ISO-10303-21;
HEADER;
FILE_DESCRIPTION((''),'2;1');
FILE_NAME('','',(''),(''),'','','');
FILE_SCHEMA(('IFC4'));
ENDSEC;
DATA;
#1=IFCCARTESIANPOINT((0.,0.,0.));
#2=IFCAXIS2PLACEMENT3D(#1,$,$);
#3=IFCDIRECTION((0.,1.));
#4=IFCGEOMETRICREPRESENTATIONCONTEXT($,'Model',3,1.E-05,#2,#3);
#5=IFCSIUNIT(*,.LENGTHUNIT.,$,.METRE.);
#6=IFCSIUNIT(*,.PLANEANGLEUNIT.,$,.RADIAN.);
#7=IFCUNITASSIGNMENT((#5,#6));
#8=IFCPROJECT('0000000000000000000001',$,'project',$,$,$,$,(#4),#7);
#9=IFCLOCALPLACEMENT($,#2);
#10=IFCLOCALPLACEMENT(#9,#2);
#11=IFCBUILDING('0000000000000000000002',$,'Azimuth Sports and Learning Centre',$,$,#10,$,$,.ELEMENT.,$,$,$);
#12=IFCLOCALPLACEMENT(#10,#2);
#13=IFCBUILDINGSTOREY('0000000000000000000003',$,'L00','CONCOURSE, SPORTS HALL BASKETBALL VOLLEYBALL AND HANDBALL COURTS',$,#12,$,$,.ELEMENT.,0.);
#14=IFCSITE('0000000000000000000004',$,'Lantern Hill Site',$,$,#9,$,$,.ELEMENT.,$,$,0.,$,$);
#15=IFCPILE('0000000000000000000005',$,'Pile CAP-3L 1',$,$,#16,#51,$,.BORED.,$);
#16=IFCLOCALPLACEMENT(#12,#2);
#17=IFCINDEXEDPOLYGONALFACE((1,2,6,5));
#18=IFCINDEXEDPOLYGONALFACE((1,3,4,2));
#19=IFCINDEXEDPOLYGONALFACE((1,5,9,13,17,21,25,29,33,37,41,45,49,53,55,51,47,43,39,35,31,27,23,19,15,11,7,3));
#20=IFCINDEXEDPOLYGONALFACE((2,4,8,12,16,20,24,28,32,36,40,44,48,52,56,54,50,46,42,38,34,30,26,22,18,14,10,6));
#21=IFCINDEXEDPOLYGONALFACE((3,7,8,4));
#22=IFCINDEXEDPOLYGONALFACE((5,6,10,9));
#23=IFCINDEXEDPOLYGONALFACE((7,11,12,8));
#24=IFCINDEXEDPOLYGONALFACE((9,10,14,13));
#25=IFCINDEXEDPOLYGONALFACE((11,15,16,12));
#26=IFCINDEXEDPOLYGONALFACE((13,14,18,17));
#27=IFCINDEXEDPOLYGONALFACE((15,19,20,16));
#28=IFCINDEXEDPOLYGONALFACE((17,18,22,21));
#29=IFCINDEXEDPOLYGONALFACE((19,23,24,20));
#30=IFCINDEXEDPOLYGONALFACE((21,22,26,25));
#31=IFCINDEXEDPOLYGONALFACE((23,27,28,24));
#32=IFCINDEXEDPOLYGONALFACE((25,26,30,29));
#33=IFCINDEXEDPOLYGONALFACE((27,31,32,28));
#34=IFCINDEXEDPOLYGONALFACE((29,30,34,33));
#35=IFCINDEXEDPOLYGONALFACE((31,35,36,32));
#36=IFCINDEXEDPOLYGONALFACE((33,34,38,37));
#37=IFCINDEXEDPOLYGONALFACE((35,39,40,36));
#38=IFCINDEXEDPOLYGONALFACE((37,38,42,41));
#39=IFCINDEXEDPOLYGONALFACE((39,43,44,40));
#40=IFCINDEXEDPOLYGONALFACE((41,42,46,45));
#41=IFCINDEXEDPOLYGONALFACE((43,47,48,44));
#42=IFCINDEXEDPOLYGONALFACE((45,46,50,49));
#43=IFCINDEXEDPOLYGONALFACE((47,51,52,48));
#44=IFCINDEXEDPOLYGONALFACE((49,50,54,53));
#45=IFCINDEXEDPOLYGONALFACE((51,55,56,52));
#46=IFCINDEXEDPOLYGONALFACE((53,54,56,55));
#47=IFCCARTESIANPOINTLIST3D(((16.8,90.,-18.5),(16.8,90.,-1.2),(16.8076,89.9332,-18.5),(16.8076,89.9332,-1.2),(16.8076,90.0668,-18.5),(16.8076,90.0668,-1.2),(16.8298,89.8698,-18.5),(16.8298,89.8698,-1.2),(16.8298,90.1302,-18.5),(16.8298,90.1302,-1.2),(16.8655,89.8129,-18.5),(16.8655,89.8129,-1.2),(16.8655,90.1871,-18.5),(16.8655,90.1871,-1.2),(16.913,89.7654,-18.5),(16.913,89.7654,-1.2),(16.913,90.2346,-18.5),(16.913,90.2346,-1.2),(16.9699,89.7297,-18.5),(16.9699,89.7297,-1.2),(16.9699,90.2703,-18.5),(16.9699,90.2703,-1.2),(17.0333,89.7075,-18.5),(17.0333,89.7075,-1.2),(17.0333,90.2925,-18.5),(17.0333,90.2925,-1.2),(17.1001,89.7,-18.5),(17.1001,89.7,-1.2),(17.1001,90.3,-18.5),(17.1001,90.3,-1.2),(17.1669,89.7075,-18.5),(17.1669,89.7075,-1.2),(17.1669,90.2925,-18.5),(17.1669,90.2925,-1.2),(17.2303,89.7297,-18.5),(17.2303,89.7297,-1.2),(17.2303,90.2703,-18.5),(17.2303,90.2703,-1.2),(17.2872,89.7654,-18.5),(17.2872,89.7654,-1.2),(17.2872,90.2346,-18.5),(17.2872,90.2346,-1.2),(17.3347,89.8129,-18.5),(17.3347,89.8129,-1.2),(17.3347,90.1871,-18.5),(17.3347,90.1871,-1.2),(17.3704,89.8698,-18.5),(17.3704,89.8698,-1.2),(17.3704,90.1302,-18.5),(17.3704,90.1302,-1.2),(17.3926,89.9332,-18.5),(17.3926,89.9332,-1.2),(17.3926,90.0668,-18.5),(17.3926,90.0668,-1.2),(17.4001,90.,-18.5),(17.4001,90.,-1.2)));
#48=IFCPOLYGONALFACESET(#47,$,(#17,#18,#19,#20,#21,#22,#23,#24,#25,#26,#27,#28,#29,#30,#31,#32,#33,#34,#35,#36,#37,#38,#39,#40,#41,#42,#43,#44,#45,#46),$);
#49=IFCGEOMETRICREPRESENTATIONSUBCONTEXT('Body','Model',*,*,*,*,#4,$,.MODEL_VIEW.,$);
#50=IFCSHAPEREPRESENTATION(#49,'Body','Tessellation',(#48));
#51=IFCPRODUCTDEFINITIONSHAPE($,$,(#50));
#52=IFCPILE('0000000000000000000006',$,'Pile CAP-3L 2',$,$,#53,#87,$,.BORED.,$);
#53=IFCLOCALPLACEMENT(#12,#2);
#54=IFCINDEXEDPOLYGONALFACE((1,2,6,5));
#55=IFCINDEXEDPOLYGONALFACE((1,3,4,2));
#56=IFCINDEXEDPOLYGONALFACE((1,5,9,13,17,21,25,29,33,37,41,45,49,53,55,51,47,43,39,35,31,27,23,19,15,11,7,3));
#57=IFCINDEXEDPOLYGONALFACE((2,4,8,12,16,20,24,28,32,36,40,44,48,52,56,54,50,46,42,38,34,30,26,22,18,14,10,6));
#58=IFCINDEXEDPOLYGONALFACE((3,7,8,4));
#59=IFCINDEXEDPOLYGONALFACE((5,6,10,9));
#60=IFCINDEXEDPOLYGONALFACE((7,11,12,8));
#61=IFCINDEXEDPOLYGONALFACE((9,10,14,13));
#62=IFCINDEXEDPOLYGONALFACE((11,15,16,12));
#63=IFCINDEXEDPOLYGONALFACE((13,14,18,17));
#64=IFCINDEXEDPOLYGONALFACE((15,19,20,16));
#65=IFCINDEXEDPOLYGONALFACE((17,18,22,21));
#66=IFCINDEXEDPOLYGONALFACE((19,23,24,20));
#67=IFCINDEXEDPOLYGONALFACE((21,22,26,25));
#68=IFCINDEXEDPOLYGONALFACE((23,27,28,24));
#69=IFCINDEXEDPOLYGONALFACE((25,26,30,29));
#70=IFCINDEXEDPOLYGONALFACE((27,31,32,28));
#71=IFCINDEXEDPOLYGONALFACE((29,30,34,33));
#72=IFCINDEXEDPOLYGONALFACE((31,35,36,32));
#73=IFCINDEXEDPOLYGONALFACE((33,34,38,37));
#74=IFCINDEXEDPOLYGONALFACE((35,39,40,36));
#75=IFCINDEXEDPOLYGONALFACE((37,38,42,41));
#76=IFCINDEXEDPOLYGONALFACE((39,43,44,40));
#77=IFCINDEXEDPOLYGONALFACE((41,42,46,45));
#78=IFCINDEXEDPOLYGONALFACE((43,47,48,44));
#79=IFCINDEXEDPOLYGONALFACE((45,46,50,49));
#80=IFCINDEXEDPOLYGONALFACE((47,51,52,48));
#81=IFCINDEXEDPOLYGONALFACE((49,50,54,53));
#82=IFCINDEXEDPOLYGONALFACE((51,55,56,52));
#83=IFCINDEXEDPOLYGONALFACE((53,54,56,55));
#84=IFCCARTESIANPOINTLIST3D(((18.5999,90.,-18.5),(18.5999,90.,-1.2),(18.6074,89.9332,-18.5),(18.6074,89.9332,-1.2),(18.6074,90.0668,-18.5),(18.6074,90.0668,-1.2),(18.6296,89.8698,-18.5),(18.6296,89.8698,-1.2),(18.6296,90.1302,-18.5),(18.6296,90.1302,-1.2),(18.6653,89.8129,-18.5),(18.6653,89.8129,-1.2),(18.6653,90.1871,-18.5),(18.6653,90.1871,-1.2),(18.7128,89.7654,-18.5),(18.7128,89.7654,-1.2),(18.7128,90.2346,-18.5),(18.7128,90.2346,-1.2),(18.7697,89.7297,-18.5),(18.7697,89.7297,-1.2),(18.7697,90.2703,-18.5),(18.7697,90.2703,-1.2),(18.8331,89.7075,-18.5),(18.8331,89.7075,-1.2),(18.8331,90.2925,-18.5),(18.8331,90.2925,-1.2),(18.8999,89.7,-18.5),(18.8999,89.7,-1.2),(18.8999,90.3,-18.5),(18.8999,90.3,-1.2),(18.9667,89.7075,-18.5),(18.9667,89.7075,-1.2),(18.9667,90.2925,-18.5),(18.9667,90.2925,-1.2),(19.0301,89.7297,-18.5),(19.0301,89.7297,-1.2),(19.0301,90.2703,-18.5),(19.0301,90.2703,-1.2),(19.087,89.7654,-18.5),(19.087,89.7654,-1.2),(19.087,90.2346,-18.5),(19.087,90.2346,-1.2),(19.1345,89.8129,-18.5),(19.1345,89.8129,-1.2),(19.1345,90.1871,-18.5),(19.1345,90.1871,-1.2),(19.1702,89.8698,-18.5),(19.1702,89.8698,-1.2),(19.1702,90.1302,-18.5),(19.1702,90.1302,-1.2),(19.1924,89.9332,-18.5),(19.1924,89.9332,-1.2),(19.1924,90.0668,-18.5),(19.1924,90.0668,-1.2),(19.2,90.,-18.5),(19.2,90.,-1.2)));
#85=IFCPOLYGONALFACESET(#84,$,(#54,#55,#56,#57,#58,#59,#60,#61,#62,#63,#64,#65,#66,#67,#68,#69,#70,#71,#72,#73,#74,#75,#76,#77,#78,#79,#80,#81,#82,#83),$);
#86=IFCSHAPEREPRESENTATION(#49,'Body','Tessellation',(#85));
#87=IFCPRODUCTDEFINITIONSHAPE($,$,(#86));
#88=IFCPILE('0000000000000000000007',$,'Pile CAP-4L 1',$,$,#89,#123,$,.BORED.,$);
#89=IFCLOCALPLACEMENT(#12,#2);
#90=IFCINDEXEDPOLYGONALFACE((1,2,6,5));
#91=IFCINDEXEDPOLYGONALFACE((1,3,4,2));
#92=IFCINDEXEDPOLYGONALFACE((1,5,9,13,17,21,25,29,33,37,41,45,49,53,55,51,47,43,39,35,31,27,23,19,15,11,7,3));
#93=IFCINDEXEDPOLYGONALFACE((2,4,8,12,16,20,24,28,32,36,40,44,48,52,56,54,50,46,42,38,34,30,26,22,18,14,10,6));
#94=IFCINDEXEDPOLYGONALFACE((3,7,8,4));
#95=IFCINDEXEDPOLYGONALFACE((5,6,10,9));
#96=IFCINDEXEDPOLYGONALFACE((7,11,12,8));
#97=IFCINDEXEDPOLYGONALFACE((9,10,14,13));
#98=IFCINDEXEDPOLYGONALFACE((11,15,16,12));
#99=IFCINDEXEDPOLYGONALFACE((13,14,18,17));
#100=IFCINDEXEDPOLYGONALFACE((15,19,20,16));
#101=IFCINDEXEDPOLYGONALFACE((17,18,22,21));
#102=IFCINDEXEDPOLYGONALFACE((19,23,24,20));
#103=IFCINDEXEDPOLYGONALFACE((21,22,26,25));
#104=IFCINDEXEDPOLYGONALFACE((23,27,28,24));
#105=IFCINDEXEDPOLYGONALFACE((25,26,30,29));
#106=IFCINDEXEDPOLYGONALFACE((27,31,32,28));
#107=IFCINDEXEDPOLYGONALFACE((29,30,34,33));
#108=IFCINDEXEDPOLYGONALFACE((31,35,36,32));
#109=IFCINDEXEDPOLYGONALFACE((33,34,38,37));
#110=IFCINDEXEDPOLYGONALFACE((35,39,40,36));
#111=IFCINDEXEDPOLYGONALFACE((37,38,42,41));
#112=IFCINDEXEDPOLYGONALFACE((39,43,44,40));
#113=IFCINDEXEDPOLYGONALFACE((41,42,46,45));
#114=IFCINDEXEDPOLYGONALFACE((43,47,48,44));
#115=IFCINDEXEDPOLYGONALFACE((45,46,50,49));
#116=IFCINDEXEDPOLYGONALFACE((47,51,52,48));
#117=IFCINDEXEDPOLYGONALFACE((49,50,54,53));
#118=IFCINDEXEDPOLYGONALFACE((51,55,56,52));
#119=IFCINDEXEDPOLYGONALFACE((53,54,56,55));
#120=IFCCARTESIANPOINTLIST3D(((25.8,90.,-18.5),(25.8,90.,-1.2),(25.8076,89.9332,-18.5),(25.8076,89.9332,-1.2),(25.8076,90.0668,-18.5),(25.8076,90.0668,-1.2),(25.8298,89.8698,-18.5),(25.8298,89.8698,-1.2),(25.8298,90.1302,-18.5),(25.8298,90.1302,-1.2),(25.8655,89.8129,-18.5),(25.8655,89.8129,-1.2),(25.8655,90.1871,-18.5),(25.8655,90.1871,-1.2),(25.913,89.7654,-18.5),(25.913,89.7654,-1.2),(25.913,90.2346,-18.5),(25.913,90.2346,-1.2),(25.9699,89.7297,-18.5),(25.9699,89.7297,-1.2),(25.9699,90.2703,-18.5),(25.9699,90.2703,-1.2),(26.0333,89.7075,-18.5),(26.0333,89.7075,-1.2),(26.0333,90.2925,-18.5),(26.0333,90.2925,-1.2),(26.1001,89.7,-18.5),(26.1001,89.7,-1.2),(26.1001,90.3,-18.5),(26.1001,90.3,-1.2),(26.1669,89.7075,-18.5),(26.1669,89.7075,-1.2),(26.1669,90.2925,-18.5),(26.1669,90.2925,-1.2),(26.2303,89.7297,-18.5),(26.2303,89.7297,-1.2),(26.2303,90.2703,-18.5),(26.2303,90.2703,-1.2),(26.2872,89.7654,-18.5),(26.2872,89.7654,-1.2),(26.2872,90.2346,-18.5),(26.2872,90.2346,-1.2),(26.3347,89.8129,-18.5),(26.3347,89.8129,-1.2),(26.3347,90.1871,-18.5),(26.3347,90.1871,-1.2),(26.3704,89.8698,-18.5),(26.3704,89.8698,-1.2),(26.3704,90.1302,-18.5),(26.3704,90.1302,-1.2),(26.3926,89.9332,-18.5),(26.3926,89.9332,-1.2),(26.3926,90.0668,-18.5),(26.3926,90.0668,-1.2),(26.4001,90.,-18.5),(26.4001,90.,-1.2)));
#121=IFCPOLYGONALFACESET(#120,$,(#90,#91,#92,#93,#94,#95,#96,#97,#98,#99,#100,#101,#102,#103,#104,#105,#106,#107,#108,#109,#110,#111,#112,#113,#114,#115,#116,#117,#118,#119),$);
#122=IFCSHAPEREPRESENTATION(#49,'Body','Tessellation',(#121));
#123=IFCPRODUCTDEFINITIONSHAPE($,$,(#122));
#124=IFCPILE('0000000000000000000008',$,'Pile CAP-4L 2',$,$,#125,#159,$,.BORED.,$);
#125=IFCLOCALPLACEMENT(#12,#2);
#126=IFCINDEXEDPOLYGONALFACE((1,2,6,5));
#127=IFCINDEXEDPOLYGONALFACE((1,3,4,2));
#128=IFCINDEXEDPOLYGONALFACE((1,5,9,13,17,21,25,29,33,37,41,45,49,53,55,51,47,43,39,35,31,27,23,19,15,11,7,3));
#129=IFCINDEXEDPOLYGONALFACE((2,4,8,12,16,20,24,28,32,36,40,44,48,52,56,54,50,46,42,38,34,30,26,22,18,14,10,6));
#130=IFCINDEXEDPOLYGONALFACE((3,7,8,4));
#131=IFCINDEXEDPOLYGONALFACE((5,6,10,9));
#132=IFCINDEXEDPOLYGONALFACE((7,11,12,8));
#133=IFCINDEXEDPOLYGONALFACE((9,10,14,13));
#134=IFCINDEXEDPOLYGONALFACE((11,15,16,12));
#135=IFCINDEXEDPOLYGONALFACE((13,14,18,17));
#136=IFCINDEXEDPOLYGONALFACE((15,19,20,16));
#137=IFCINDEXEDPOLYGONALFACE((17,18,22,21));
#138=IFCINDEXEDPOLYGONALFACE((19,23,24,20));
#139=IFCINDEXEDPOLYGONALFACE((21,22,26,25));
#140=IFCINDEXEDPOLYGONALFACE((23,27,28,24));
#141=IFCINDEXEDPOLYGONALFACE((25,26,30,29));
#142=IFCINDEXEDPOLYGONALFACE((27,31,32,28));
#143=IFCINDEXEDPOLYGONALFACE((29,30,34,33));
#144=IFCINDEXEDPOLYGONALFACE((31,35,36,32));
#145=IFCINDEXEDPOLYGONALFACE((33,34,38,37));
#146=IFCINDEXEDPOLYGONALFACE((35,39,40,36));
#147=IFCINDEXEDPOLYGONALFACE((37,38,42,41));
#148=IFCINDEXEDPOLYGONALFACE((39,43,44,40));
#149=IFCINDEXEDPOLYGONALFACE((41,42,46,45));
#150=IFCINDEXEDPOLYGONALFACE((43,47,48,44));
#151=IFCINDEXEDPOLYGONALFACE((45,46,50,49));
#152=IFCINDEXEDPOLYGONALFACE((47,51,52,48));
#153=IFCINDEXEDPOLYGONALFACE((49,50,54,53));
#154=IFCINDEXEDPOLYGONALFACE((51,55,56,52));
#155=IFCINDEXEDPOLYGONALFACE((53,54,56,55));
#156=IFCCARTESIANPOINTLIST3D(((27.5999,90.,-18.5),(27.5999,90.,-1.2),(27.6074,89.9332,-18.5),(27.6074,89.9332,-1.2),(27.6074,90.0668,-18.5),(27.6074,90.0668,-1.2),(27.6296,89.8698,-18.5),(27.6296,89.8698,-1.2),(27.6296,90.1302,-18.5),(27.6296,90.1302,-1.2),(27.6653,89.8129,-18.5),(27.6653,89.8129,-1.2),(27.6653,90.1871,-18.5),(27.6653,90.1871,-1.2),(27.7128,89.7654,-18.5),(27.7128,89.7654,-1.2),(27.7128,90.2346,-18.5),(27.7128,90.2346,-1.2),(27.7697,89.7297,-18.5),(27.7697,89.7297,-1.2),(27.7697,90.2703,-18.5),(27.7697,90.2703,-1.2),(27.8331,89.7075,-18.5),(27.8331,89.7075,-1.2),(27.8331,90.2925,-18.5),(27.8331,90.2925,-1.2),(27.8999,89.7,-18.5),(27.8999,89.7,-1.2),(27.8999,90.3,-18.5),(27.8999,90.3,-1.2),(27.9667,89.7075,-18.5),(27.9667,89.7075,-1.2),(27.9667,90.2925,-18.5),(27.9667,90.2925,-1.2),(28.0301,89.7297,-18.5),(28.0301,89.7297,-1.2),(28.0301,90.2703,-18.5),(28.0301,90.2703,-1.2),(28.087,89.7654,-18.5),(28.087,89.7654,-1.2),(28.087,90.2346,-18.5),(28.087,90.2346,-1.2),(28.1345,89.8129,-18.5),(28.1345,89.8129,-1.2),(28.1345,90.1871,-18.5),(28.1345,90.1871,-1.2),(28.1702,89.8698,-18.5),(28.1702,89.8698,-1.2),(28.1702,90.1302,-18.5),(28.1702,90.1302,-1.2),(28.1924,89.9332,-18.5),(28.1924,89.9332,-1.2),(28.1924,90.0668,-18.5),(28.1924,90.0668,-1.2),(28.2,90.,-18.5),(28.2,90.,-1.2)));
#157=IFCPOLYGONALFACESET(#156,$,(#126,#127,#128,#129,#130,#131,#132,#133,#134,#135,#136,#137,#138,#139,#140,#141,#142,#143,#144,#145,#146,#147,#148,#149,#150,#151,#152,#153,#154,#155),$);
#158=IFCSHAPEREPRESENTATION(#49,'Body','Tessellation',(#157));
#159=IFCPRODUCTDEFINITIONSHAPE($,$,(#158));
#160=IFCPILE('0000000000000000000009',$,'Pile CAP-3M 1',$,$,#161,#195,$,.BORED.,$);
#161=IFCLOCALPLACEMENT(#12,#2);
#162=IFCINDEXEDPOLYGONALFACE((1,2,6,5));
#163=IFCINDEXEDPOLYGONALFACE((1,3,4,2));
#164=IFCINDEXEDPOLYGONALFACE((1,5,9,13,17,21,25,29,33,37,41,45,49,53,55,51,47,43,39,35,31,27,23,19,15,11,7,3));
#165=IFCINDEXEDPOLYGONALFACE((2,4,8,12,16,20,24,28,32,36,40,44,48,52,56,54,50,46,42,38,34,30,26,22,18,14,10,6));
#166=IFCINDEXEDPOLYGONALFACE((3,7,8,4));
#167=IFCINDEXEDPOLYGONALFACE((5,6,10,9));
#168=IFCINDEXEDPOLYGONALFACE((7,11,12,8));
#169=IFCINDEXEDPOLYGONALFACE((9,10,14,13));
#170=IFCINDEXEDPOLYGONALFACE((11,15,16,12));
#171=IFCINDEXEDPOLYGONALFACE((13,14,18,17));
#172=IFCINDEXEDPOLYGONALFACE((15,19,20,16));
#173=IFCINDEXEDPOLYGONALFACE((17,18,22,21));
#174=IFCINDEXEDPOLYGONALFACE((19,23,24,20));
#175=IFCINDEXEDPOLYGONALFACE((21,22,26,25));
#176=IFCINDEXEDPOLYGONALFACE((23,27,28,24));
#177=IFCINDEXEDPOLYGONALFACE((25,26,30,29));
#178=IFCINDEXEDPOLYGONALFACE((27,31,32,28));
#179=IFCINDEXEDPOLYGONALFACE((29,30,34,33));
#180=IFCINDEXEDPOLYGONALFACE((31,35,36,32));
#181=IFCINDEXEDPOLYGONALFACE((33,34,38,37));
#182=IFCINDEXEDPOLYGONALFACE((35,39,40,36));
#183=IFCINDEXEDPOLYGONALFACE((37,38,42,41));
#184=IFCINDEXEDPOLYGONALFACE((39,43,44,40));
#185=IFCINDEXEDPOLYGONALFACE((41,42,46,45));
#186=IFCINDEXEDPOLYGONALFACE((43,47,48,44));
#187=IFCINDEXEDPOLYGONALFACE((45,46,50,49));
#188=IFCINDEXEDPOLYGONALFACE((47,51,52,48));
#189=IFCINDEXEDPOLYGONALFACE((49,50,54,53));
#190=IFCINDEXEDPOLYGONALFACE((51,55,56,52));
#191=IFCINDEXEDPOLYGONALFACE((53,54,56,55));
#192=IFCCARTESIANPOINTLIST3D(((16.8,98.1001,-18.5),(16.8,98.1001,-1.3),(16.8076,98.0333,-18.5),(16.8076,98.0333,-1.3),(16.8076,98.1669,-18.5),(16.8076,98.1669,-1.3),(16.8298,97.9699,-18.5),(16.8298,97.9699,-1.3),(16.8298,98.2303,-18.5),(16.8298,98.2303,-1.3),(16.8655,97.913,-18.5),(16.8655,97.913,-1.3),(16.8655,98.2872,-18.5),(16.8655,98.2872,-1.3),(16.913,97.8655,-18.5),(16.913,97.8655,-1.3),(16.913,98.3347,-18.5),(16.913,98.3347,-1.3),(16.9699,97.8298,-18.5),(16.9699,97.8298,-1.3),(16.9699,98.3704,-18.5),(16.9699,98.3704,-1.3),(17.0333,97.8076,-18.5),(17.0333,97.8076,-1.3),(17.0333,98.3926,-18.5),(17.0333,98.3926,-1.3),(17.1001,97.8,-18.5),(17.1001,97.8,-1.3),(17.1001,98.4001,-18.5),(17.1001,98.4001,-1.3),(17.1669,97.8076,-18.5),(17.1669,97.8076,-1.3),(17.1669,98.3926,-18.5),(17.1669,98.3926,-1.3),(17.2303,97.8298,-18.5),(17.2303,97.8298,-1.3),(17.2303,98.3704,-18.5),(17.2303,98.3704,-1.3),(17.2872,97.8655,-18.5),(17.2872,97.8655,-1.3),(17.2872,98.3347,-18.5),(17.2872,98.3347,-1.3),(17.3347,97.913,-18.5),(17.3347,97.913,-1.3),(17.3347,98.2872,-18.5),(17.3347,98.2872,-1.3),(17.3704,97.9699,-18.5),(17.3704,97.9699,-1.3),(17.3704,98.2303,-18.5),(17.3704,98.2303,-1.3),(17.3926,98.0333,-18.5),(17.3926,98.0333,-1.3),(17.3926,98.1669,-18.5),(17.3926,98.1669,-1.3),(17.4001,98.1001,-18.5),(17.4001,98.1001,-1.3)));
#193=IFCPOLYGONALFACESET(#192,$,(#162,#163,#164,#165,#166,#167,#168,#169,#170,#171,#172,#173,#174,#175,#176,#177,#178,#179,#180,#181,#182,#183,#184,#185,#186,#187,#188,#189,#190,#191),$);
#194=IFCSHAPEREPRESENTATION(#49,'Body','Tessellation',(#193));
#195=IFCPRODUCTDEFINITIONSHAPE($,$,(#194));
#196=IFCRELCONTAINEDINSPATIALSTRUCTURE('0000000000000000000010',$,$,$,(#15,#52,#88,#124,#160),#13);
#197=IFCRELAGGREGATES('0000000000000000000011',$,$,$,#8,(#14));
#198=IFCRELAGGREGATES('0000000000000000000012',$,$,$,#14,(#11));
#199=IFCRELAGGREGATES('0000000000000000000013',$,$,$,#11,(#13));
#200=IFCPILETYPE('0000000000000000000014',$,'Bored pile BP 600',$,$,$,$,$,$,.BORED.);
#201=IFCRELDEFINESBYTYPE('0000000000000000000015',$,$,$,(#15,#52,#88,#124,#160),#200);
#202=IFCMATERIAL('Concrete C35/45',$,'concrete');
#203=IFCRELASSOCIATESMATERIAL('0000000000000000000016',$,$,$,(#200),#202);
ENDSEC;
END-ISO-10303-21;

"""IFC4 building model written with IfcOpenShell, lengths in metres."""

from ifc_helpers import new_model, si_unit, direction, frame, origin, origin_2d, place, context, subcontext, project, spatial, circle, extrude, material, material_profile, profile_set, type_object, element, save


model = new_model("IFC4")

# Units and contexts
model_context = context("Model", 3, precision=1e-05, world=origin(), true_north=direction((0.0, 1.0)))
body_context = subcontext(model_context, "Body", "Model", "MODEL_VIEW")
ifc_project = project(units=[si_unit("LENGTHUNIT", "METRE"), si_unit("PLANEANGLEUNIT", "RADIAN")], contexts=[model_context])

# Site, building, storey
site_placement = place(None, origin())
site = spatial("IfcSite", under=ifc_project, at=site_placement, Name="Lantern Hill Site", CompositionType="ELEMENT", RefElevation=0.0)
building_placement = place(site_placement, origin())
building = spatial("IfcBuilding", under=site, at=building_placement, Name="Azimuth Sports and Learning Centre", CompositionType="ELEMENT")
storey_placement = place(building_placement, origin())
storey = spatial("IfcBuildingStorey", under=building, at=storey_placement, Name="L00", Description="CONCOURSE, SPORTS HALL BASKETBALL VOLLEYBALL AND HANDBALL COURTS", CompositionType="ELEMENT", Elevation=0.0)

# Piles
ifc_material_1 = material(Name="Concrete C35/45", Category="concrete")
ifc_material_profile_1 = material_profile(ifc_material_1, circle(Radius=0.3, at=origin_2d()), Name="BP 600")
ifc_profile_set_1 = profile_set([ifc_material_profile_1], Name="Concrete C35/45")
pile_type = type_object("IfcPileType", Name="Bored pile BP 600", PredefinedType="BORED", material=ifc_profile_set_1)
for number, where, z_axis, x_axis, name in (
    (1, (17.1001, 90.0, -1.2), (0.0, 0.0, -1.0), (1.0, 0.0, 0.0), "Pile CAP-3L 1"),
    (2, (18.8999, 90.0, -1.2), (0.0, 0.0, -1.0), (1.0, 0.0, 0.0), "Pile CAP-3L 2"),
    (3, (26.1001, 90.0, -1.2), (0.0, 0.0, -1.0), (1.0, 0.0, 0.0), "Pile CAP-4L 1"),
    (4, (27.8999, 90.0, -1.2), (0.0, 0.0, -1.0), (1.0, 0.0, 0.0), "Pile CAP-4L 2"),
):
    element("IfcPile", number, at=place(storey_placement, frame(where, z_axis=z_axis, x_axis=x_axis)), inside=storey, type_object=pile_type, Name=name, PredefinedType="BORED", context=body_context, shape_type="SweptSolid", body=[
        extrude(circle(Radius=0.3, at=origin_2d()), origin(), (0.0, 0.0, 1.0), 17.3),
    ])
for number, where, z_axis, x_axis, name in (
    (5, (17.1001, 98.1001, -1.3), (0.0, 0.0, -1.0), (1.0, 0.0, 0.0), "Pile CAP-3M 1"),
):
    element("IfcPile", number, at=place(storey_placement, frame(where, z_axis=z_axis, x_axis=x_axis)), inside=storey, type_object=pile_type, Name=name, PredefinedType="BORED", context=body_context, shape_type="SweptSolid", body=[
        extrude(circle(Radius=0.3, at=origin_2d()), origin(), (0.0, 0.0, 1.0), 17.2),
    ])

save(model, "model.ifc")
